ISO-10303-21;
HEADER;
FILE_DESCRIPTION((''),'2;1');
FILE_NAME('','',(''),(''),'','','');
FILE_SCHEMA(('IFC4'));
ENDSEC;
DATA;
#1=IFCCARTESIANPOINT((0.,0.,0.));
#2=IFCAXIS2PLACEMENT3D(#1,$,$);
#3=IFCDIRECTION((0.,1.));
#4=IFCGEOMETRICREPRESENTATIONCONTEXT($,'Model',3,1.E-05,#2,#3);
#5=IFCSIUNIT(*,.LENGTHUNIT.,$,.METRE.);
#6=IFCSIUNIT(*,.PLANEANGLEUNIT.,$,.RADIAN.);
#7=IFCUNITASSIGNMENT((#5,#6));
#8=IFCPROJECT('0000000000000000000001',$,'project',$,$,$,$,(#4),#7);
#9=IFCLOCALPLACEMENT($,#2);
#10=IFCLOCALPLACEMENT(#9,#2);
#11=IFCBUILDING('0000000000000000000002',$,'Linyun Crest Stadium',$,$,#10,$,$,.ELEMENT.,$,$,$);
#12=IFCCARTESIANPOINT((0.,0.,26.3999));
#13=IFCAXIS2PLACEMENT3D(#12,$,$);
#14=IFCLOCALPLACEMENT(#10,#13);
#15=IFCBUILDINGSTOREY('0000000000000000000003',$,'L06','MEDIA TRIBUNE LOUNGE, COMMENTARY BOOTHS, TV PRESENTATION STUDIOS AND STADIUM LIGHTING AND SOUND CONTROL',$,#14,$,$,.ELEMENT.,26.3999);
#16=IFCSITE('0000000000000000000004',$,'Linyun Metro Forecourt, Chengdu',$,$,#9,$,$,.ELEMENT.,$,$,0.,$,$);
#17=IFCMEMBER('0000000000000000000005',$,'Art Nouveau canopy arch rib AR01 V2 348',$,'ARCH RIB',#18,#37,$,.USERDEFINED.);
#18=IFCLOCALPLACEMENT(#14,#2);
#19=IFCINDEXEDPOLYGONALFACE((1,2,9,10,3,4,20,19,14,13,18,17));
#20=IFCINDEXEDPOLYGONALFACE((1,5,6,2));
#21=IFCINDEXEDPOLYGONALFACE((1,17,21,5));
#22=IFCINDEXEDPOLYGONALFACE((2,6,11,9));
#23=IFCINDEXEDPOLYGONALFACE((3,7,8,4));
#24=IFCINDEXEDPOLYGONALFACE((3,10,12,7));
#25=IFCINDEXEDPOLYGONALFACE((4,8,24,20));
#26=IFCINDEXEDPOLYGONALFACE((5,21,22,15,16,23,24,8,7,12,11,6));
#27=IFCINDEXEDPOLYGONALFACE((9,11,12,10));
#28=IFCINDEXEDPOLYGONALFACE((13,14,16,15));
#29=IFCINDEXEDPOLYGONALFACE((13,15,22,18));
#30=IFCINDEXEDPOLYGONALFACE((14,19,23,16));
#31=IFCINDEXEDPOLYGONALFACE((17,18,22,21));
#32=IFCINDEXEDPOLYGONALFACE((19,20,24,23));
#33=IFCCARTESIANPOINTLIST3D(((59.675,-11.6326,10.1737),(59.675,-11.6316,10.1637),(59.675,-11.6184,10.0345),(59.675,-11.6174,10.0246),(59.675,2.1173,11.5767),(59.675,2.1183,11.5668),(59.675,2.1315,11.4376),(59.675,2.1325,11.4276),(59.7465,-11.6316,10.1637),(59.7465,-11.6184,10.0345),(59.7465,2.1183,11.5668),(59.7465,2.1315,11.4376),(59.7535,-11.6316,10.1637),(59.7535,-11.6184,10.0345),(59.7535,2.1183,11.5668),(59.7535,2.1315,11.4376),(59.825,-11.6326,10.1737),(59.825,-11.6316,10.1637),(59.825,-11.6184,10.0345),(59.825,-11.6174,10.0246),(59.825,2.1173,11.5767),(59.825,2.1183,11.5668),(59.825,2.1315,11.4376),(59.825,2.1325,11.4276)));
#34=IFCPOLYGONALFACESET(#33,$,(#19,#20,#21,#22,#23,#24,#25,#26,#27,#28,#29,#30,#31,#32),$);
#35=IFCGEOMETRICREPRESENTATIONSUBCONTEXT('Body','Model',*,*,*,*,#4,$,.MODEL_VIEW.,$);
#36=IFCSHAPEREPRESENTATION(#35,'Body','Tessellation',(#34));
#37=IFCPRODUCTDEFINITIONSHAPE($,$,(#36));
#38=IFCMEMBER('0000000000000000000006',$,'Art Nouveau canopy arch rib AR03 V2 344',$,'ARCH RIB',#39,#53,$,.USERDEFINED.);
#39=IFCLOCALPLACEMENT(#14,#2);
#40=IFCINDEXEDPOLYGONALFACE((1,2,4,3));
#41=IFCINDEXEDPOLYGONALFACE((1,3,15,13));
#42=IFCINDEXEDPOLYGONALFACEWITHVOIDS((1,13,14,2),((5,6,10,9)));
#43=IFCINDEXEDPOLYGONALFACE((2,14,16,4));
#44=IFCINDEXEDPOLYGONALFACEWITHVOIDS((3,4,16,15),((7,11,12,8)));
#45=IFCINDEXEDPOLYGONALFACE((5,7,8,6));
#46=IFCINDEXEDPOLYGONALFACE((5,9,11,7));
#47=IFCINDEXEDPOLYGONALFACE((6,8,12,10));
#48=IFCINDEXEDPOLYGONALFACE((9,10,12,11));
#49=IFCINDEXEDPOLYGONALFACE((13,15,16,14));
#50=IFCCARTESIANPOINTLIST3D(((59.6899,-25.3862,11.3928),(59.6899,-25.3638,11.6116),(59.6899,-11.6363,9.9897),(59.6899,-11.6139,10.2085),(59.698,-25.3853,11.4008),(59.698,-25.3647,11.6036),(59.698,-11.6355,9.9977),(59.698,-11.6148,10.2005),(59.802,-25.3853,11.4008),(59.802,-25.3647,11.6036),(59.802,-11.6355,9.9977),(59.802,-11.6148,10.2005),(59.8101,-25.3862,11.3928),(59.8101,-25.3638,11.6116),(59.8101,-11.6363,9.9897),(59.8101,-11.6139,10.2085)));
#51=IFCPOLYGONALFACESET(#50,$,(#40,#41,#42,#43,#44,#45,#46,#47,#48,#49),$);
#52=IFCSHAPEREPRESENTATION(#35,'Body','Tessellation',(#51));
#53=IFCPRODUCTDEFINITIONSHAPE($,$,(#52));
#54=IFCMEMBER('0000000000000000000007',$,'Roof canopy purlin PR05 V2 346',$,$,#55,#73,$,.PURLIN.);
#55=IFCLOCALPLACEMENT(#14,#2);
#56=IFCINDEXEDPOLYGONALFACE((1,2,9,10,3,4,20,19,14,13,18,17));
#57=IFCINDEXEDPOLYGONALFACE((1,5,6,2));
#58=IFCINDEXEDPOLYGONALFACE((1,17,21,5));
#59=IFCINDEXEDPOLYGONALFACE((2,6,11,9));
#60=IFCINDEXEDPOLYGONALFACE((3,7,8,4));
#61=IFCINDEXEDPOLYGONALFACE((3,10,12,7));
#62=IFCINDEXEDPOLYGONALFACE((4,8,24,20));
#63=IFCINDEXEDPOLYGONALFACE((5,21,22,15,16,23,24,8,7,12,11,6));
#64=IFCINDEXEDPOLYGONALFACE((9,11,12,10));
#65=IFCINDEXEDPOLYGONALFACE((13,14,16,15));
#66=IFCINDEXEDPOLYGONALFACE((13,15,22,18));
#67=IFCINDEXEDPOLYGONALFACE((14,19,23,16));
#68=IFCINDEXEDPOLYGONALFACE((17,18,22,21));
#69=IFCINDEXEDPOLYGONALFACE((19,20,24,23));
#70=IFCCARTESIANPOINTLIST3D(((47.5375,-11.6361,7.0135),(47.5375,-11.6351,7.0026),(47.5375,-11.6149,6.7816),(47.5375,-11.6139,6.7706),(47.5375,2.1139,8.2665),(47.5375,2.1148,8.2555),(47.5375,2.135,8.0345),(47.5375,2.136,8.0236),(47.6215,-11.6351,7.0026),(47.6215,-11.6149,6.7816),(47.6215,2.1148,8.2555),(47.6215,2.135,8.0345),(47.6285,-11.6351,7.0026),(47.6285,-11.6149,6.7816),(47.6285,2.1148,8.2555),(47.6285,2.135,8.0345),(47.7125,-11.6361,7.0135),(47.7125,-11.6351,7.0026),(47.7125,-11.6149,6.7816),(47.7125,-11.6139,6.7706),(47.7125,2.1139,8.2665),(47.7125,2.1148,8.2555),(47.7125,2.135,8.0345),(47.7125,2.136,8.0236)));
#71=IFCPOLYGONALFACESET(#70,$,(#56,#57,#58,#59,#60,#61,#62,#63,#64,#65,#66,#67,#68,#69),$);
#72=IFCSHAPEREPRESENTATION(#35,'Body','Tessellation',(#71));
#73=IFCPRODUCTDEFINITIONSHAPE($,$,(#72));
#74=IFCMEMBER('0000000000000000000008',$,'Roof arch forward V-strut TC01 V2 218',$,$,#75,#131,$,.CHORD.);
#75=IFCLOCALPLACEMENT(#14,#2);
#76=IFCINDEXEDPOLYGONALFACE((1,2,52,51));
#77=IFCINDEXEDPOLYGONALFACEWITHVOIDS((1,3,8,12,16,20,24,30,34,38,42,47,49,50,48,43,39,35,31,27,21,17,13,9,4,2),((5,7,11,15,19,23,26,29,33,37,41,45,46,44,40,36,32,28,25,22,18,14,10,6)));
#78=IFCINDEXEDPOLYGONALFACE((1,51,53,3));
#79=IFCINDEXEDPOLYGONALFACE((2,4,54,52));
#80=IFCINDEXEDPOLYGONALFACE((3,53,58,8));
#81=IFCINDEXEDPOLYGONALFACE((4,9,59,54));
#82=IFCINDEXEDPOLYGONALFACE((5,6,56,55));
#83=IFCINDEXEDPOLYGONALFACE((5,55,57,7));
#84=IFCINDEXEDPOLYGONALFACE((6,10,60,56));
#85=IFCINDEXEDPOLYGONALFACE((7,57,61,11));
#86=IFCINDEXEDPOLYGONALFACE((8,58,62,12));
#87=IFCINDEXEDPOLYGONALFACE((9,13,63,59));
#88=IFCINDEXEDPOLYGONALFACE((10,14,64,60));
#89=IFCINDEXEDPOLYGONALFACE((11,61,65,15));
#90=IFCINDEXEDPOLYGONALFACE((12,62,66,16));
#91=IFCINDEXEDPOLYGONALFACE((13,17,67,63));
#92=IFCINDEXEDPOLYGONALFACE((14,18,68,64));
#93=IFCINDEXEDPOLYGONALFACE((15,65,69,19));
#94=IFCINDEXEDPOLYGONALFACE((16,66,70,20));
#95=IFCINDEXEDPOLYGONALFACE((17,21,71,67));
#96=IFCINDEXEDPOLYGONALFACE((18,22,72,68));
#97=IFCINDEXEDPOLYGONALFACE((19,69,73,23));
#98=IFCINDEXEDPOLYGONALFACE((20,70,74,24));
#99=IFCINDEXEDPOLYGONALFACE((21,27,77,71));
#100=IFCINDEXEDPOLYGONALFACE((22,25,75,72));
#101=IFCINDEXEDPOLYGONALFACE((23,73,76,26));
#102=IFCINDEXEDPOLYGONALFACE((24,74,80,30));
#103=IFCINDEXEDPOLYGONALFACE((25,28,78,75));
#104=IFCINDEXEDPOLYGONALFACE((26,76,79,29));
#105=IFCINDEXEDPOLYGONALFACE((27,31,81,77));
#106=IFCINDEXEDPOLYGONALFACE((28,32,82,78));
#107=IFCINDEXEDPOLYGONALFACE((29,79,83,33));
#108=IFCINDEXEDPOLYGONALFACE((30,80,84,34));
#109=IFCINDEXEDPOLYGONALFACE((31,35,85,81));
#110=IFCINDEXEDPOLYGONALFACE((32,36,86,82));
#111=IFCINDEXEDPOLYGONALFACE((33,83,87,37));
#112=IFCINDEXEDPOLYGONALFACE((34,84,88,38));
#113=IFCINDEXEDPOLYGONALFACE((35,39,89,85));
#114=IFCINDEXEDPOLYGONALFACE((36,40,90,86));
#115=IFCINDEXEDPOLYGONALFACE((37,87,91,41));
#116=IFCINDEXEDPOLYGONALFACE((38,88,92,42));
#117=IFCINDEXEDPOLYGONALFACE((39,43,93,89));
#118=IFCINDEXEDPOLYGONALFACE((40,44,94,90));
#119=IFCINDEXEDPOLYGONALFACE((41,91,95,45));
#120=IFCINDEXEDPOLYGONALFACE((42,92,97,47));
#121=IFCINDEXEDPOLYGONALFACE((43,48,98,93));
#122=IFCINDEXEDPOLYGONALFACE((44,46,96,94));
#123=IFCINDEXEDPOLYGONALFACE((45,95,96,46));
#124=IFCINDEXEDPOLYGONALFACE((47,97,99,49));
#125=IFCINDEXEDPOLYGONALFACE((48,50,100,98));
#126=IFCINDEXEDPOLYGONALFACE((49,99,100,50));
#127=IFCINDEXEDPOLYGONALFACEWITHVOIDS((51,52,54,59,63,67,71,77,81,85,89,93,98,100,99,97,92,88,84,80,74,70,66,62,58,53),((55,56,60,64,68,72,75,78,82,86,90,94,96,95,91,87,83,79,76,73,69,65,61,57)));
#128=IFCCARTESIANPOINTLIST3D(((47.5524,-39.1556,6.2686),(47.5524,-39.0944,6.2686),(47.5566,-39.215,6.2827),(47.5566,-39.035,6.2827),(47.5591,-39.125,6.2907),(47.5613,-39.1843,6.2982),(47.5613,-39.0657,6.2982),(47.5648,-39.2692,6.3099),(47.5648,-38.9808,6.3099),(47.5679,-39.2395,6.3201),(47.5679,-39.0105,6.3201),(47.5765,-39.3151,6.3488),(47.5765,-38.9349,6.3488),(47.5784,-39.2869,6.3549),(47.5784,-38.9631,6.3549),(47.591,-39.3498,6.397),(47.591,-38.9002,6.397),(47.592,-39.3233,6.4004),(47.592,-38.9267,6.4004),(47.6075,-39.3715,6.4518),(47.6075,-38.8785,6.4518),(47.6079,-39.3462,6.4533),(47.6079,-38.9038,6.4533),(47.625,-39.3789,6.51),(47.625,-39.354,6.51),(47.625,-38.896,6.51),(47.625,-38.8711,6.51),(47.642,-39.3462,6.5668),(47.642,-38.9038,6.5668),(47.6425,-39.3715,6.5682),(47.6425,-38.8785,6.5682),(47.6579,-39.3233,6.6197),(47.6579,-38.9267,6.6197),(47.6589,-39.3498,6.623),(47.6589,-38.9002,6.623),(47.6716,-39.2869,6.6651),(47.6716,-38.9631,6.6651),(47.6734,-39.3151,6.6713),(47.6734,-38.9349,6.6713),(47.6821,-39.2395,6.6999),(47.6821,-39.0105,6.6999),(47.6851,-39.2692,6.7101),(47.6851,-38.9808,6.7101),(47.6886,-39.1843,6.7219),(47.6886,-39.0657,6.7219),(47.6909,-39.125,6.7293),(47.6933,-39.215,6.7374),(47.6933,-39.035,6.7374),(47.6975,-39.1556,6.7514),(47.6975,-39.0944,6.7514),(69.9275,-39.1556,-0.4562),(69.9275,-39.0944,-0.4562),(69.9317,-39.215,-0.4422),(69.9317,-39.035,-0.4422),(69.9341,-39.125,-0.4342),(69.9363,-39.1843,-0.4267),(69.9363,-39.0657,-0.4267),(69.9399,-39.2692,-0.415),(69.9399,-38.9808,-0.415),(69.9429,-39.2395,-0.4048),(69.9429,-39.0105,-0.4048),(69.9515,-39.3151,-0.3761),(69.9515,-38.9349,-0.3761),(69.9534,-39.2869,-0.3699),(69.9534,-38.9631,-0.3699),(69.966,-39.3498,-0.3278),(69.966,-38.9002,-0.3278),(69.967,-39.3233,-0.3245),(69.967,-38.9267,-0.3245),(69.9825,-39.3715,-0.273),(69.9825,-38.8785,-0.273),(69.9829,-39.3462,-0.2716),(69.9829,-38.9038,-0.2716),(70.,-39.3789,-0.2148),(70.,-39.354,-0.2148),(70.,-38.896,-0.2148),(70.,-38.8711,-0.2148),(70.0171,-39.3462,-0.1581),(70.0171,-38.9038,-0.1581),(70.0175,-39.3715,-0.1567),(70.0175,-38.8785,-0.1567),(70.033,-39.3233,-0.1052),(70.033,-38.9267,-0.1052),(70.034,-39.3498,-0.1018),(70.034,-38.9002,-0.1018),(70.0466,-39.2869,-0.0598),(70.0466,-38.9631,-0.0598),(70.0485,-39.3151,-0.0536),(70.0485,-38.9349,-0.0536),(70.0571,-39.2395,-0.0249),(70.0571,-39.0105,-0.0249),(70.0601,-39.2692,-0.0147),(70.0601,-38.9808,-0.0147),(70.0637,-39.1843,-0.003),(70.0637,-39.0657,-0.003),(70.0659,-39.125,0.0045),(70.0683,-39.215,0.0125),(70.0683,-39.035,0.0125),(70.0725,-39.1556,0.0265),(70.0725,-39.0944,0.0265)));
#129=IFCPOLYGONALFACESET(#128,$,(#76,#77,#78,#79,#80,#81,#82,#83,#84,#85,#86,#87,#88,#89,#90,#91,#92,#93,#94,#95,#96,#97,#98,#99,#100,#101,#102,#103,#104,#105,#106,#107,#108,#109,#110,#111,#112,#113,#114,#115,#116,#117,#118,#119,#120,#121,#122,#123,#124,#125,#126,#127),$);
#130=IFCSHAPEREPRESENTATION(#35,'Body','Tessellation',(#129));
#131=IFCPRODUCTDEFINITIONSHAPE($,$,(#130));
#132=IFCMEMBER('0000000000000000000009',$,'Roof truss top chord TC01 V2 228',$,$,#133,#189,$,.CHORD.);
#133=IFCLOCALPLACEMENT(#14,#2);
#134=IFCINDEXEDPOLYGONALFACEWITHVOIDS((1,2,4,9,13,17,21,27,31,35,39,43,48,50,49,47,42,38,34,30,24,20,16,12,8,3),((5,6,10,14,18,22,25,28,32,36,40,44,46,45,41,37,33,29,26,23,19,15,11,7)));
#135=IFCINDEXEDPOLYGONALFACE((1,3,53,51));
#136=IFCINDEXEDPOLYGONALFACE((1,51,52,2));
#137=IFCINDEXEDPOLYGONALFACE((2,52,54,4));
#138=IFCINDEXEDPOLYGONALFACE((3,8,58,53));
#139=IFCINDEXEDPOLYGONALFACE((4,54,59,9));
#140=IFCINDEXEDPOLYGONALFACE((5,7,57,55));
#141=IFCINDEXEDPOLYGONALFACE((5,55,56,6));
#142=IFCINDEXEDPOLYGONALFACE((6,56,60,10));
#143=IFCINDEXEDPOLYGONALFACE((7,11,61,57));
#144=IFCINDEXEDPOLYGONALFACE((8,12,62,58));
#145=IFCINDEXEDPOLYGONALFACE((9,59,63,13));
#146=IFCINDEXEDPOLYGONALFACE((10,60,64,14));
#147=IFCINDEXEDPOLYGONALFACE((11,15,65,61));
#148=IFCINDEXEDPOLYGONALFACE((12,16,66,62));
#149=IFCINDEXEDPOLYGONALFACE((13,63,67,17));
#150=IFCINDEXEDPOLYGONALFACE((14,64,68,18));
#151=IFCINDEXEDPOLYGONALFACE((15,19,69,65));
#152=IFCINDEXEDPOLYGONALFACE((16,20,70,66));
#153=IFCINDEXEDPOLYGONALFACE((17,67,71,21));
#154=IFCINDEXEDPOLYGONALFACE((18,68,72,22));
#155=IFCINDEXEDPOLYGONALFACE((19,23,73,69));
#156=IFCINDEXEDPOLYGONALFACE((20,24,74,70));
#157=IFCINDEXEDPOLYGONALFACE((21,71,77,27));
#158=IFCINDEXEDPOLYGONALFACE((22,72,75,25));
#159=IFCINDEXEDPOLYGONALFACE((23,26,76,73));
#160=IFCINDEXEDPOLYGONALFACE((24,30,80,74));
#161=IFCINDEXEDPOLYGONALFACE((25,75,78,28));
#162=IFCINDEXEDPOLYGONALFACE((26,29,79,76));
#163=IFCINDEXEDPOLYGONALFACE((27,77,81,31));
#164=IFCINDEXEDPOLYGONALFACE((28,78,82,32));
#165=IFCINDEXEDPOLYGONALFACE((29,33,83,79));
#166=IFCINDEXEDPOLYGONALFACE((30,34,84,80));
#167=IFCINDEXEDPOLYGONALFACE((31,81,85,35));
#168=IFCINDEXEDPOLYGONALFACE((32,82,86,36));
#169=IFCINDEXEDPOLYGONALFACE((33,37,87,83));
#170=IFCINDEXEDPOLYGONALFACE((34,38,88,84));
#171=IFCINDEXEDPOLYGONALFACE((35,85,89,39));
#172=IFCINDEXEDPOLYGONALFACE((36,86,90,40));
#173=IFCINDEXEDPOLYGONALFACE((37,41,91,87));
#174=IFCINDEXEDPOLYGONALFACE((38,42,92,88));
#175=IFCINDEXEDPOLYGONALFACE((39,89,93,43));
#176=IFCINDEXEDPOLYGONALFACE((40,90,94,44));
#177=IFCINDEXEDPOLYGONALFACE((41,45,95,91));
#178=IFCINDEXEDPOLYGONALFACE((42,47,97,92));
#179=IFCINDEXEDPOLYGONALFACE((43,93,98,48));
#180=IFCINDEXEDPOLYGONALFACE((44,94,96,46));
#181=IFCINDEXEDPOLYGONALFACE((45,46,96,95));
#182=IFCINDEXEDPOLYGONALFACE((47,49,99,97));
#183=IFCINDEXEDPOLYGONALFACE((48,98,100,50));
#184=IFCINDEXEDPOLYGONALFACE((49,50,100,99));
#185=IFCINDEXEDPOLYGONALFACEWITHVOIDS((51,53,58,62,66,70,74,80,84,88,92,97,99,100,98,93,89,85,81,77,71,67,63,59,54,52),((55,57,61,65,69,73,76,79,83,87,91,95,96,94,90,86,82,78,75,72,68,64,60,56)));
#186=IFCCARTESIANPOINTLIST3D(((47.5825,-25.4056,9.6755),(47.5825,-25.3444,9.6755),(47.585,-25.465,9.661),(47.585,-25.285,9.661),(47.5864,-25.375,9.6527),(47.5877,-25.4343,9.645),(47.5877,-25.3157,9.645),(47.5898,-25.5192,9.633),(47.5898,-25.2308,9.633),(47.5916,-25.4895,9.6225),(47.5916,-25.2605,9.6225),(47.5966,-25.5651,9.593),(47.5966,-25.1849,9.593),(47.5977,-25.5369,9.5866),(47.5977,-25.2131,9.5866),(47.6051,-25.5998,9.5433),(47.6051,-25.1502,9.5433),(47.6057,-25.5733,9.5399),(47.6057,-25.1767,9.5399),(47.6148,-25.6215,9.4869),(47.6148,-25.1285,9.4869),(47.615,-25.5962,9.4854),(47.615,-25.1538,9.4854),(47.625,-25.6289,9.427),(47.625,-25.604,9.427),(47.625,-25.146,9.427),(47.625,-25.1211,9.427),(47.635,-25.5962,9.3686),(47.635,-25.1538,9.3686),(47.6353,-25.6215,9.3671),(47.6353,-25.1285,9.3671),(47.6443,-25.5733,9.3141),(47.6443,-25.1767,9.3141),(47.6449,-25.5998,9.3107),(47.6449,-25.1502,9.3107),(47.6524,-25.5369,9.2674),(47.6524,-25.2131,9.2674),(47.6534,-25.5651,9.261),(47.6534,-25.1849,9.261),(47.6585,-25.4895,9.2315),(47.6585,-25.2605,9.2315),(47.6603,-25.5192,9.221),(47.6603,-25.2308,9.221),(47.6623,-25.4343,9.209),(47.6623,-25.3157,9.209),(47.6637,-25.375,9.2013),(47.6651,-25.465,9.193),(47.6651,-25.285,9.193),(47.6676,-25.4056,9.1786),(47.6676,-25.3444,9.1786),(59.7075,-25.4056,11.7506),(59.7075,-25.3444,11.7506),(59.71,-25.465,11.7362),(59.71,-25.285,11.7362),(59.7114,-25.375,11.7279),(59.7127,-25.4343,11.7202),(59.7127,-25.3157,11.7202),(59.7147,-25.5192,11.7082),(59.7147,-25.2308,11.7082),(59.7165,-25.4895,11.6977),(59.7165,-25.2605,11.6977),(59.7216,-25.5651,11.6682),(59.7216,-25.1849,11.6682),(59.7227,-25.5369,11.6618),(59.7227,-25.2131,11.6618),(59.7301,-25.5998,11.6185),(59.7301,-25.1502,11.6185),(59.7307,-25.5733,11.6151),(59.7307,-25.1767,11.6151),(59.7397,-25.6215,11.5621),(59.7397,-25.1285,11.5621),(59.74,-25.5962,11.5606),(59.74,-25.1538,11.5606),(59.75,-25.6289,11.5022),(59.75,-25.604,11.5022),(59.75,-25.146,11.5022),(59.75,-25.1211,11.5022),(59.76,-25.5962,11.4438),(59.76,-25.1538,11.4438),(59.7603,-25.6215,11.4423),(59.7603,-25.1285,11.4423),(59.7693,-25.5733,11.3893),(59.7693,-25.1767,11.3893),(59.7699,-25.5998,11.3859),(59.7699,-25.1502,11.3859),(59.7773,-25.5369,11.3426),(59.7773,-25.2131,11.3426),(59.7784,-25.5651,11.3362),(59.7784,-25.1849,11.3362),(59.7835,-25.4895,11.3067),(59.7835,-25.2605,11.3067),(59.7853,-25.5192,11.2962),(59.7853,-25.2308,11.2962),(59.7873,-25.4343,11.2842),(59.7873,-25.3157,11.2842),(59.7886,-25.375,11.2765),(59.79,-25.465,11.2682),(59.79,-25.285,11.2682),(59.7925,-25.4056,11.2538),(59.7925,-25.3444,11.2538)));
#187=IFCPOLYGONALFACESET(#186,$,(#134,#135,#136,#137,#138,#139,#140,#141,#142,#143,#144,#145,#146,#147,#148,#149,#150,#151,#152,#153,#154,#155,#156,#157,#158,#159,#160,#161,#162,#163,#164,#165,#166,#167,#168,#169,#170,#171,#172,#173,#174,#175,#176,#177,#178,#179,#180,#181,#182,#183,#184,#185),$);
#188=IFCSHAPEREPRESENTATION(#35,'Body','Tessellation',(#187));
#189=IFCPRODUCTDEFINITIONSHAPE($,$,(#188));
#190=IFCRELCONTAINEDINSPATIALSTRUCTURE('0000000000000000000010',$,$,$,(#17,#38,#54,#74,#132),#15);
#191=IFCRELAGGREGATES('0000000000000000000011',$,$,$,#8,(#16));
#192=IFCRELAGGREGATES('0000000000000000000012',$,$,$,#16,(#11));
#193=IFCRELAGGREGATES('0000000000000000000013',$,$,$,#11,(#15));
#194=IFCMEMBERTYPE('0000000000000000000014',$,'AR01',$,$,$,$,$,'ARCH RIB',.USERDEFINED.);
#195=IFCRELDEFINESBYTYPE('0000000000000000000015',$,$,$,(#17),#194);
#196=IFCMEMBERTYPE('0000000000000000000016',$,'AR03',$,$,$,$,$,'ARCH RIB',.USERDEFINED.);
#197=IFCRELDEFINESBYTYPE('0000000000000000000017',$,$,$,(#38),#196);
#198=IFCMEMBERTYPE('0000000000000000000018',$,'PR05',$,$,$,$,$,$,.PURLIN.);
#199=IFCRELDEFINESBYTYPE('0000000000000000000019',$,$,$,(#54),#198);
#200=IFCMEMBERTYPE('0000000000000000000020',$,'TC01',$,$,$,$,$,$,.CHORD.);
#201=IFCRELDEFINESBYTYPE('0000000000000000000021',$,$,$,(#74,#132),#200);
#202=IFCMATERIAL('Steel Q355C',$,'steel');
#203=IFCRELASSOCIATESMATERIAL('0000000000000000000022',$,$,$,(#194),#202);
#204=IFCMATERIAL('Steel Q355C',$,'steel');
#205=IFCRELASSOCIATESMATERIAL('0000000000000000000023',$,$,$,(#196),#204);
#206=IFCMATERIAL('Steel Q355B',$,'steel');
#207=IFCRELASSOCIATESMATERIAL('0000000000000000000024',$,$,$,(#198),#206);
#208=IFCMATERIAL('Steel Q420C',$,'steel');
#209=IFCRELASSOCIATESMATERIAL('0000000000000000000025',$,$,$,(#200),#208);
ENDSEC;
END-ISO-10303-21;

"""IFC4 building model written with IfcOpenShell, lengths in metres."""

from ifc_helpers import new_model, si_unit, direction, frame, origin, origin_2d, place, context, subcontext, project, spatial, hollow_rectangle, hollow_circle, i_section, extrude, material, material_profile, profile_set, type_object, element, save


model = new_model("IFC4")

# Units and contexts
model_context = context("Model", 3, precision=1e-05, world=origin(), true_north=direction((0.0, 1.0)))
body_context = subcontext(model_context, "Body", "Model", "MODEL_VIEW")
ifc_project = project(units=[si_unit("LENGTHUNIT", "METRE"), si_unit("PLANEANGLEUNIT", "RADIAN")], contexts=[model_context])

# Site, building, storey
site_placement = place(None, origin())
site = spatial("IfcSite", under=ifc_project, at=site_placement, Name="Linyun Metro Forecourt, Chengdu", CompositionType="ELEMENT", RefElevation=0.0)
building_placement = place(site_placement, origin())
building = spatial("IfcBuilding", under=site, at=building_placement, Name="Linyun Crest Stadium", CompositionType="ELEMENT")
storey_placement = place(building_placement, frame((0.0, 0.0, 26.3999)))
storey = spatial("IfcBuildingStorey", under=building, at=storey_placement, Name="L06", Description="MEDIA TRIBUNE LOUNGE, COMMENTARY BOOTHS, TV PRESENTATION STUDIOS AND STADIUM LIGHTING AND SOUND CONTROL", CompositionType="ELEMENT", Elevation=26.3999)

# Members
ifc_material_1 = material(Name="Steel Q355C", Category="steel")
ifc_material_profile_1 = material_profile(ifc_material_1, i_section(OverallWidth=0.1499, OverallDepth=0.1499, WebThickness=0.0071, FlangeThickness=0.01, at=origin_2d()), Name="HW 150x150")
ifc_profile_set_1 = profile_set([ifc_material_profile_1], Name="Steel Q355C")
member_type_1 = type_object("IfcMemberType", Name="AR01", ElementType="ARCH RIB", PredefinedType="USERDEFINED", material=ifc_profile_set_1)
member_1_placement = place(storey_placement, frame((59.75, -11.625, 10.0991), z_axis=(0.0, 0.994834, 0.101515), x_axis=(-1.0, 0.0, 0.0)))
element("IfcMember", 1, at=member_1_placement, inside=storey, type_object=member_type_1, Name="Art Nouveau canopy arch rib AR01 V2 348", ObjectType="ARCH RIB", PredefinedType="USERDEFINED", context=body_context, shape_type="SweptSolid", body=[
    extrude(i_section(OverallWidth=0.1499, OverallDepth=0.1499, WebThickness=0.0071, FlangeThickness=0.01, at=origin_2d()), origin(), (0.0, 0.0, 1.0), 13.8213),
])
ifc_material_2 = material(Name="Steel Q355C", Category="steel")
ifc_material_profile_2 = material_profile(ifc_material_2, hollow_rectangle(XDim=0.1201, YDim=0.22, WallThickness=0.0081, at=origin_2d()), Name="RHS 220x120x8")
ifc_profile_set_2 = profile_set([ifc_material_profile_2], Name="Steel Q355C")
member_type_2 = type_object("IfcMemberType", Name="AR03", ElementType="ARCH RIB", PredefinedType="USERDEFINED", material=ifc_profile_set_2)
member_2_placement = place(storey_placement, frame((59.75, -25.375, 11.5022), z_axis=(0.0, 0.994834, -0.101515), x_axis=(-1.0, 0.0, 0.0)))
element("IfcMember", 2, at=member_2_placement, inside=storey, type_object=member_type_2, Name="Art Nouveau canopy arch rib AR03 V2 344", ObjectType="ARCH RIB", PredefinedType="USERDEFINED", context=body_context, shape_type="SweptSolid", body=[
    extrude(hollow_rectangle(XDim=0.1201, YDim=0.22, WallThickness=0.0081, at=origin_2d()), origin(), (0.0, 0.0, 1.0), 13.8213),
])
ifc_material_3 = material(Name="Steel Q355B", Category="steel")
ifc_material_profile_3 = material_profile(ifc_material_3, i_section(OverallWidth=0.175, OverallDepth=0.2439, WebThickness=0.0071, FlangeThickness=0.011, at=origin_2d()), Name="HM 244x175")
ifc_profile_set_3 = profile_set([ifc_material_profile_3], Name="Steel Q355B")
member_type_3 = type_object("IfcMemberType", Name="PR05", PredefinedType="PURLIN", material=ifc_profile_set_3)
member_3_placement = place(storey_placement, frame((47.625, -11.625, 6.8921), z_axis=(0.0, 0.995874, 0.090746), x_axis=(-1.0, 0.0, 0.0)))
element("IfcMember", 3, at=member_3_placement, inside=storey, type_object=member_type_3, Name="Roof canopy purlin PR05 V2 346", PredefinedType="PURLIN", context=body_context, shape_type="SweptSolid", body=[
    extrude(i_section(OverallWidth=0.175, OverallDepth=0.2439, WebThickness=0.0071, FlangeThickness=0.011, at=origin_2d()), origin(), (0.0, 0.0, 1.0), 13.8069),
])
ifc_material_4 = material(Name="Steel Q420C", Category="steel")
ifc_material_profile_4 = material_profile(ifc_material_4, hollow_circle(Radius=0.2539, WallThickness=0.0249, at=origin_2d()), Name="CHS 508x25")
ifc_profile_set_4 = profile_set([ifc_material_profile_4], Name="Steel Q420C")
member_type_4 = type_object("IfcMemberType", Name="TC01", PredefinedType="CHORD", material=ifc_profile_set_4)
member_4_placement = place(storey_placement, frame((70.0, -39.125, -0.2148), z_axis=(-0.957681, 0.0, 0.287833), x_axis=(0.0, -1.0, 0.0)))
element("IfcMember", 4, at=member_4_placement, inside=storey, type_object=member_type_4, Name="Roof arch forward V-strut TC01 V2 218", PredefinedType="CHORD", context=body_context, shape_type="SweptSolid", body=[
    extrude(hollow_circle(Radius=0.2539, WallThickness=0.0249, at=origin_2d()), origin(), (0.0, 0.0, 1.0), 23.3638),
])
member_5_placement = place(storey_placement, frame((59.75, -25.375, 11.5022), z_axis=(-0.985668, 0.0, -0.168697), x_axis=(0.0, -1.0, 0.0)))
element("IfcMember", 5, at=member_5_placement, inside=storey, type_object=member_type_4, Name="Roof truss top chord TC01 V2 228", PredefinedType="CHORD", context=body_context, shape_type="SweptSolid", body=[
    extrude(hollow_circle(Radius=0.2539, WallThickness=0.0249, at=origin_2d()), origin(), (0.0, 0.0, 1.0), 12.3013),
])

save(model, "model.ifc")
